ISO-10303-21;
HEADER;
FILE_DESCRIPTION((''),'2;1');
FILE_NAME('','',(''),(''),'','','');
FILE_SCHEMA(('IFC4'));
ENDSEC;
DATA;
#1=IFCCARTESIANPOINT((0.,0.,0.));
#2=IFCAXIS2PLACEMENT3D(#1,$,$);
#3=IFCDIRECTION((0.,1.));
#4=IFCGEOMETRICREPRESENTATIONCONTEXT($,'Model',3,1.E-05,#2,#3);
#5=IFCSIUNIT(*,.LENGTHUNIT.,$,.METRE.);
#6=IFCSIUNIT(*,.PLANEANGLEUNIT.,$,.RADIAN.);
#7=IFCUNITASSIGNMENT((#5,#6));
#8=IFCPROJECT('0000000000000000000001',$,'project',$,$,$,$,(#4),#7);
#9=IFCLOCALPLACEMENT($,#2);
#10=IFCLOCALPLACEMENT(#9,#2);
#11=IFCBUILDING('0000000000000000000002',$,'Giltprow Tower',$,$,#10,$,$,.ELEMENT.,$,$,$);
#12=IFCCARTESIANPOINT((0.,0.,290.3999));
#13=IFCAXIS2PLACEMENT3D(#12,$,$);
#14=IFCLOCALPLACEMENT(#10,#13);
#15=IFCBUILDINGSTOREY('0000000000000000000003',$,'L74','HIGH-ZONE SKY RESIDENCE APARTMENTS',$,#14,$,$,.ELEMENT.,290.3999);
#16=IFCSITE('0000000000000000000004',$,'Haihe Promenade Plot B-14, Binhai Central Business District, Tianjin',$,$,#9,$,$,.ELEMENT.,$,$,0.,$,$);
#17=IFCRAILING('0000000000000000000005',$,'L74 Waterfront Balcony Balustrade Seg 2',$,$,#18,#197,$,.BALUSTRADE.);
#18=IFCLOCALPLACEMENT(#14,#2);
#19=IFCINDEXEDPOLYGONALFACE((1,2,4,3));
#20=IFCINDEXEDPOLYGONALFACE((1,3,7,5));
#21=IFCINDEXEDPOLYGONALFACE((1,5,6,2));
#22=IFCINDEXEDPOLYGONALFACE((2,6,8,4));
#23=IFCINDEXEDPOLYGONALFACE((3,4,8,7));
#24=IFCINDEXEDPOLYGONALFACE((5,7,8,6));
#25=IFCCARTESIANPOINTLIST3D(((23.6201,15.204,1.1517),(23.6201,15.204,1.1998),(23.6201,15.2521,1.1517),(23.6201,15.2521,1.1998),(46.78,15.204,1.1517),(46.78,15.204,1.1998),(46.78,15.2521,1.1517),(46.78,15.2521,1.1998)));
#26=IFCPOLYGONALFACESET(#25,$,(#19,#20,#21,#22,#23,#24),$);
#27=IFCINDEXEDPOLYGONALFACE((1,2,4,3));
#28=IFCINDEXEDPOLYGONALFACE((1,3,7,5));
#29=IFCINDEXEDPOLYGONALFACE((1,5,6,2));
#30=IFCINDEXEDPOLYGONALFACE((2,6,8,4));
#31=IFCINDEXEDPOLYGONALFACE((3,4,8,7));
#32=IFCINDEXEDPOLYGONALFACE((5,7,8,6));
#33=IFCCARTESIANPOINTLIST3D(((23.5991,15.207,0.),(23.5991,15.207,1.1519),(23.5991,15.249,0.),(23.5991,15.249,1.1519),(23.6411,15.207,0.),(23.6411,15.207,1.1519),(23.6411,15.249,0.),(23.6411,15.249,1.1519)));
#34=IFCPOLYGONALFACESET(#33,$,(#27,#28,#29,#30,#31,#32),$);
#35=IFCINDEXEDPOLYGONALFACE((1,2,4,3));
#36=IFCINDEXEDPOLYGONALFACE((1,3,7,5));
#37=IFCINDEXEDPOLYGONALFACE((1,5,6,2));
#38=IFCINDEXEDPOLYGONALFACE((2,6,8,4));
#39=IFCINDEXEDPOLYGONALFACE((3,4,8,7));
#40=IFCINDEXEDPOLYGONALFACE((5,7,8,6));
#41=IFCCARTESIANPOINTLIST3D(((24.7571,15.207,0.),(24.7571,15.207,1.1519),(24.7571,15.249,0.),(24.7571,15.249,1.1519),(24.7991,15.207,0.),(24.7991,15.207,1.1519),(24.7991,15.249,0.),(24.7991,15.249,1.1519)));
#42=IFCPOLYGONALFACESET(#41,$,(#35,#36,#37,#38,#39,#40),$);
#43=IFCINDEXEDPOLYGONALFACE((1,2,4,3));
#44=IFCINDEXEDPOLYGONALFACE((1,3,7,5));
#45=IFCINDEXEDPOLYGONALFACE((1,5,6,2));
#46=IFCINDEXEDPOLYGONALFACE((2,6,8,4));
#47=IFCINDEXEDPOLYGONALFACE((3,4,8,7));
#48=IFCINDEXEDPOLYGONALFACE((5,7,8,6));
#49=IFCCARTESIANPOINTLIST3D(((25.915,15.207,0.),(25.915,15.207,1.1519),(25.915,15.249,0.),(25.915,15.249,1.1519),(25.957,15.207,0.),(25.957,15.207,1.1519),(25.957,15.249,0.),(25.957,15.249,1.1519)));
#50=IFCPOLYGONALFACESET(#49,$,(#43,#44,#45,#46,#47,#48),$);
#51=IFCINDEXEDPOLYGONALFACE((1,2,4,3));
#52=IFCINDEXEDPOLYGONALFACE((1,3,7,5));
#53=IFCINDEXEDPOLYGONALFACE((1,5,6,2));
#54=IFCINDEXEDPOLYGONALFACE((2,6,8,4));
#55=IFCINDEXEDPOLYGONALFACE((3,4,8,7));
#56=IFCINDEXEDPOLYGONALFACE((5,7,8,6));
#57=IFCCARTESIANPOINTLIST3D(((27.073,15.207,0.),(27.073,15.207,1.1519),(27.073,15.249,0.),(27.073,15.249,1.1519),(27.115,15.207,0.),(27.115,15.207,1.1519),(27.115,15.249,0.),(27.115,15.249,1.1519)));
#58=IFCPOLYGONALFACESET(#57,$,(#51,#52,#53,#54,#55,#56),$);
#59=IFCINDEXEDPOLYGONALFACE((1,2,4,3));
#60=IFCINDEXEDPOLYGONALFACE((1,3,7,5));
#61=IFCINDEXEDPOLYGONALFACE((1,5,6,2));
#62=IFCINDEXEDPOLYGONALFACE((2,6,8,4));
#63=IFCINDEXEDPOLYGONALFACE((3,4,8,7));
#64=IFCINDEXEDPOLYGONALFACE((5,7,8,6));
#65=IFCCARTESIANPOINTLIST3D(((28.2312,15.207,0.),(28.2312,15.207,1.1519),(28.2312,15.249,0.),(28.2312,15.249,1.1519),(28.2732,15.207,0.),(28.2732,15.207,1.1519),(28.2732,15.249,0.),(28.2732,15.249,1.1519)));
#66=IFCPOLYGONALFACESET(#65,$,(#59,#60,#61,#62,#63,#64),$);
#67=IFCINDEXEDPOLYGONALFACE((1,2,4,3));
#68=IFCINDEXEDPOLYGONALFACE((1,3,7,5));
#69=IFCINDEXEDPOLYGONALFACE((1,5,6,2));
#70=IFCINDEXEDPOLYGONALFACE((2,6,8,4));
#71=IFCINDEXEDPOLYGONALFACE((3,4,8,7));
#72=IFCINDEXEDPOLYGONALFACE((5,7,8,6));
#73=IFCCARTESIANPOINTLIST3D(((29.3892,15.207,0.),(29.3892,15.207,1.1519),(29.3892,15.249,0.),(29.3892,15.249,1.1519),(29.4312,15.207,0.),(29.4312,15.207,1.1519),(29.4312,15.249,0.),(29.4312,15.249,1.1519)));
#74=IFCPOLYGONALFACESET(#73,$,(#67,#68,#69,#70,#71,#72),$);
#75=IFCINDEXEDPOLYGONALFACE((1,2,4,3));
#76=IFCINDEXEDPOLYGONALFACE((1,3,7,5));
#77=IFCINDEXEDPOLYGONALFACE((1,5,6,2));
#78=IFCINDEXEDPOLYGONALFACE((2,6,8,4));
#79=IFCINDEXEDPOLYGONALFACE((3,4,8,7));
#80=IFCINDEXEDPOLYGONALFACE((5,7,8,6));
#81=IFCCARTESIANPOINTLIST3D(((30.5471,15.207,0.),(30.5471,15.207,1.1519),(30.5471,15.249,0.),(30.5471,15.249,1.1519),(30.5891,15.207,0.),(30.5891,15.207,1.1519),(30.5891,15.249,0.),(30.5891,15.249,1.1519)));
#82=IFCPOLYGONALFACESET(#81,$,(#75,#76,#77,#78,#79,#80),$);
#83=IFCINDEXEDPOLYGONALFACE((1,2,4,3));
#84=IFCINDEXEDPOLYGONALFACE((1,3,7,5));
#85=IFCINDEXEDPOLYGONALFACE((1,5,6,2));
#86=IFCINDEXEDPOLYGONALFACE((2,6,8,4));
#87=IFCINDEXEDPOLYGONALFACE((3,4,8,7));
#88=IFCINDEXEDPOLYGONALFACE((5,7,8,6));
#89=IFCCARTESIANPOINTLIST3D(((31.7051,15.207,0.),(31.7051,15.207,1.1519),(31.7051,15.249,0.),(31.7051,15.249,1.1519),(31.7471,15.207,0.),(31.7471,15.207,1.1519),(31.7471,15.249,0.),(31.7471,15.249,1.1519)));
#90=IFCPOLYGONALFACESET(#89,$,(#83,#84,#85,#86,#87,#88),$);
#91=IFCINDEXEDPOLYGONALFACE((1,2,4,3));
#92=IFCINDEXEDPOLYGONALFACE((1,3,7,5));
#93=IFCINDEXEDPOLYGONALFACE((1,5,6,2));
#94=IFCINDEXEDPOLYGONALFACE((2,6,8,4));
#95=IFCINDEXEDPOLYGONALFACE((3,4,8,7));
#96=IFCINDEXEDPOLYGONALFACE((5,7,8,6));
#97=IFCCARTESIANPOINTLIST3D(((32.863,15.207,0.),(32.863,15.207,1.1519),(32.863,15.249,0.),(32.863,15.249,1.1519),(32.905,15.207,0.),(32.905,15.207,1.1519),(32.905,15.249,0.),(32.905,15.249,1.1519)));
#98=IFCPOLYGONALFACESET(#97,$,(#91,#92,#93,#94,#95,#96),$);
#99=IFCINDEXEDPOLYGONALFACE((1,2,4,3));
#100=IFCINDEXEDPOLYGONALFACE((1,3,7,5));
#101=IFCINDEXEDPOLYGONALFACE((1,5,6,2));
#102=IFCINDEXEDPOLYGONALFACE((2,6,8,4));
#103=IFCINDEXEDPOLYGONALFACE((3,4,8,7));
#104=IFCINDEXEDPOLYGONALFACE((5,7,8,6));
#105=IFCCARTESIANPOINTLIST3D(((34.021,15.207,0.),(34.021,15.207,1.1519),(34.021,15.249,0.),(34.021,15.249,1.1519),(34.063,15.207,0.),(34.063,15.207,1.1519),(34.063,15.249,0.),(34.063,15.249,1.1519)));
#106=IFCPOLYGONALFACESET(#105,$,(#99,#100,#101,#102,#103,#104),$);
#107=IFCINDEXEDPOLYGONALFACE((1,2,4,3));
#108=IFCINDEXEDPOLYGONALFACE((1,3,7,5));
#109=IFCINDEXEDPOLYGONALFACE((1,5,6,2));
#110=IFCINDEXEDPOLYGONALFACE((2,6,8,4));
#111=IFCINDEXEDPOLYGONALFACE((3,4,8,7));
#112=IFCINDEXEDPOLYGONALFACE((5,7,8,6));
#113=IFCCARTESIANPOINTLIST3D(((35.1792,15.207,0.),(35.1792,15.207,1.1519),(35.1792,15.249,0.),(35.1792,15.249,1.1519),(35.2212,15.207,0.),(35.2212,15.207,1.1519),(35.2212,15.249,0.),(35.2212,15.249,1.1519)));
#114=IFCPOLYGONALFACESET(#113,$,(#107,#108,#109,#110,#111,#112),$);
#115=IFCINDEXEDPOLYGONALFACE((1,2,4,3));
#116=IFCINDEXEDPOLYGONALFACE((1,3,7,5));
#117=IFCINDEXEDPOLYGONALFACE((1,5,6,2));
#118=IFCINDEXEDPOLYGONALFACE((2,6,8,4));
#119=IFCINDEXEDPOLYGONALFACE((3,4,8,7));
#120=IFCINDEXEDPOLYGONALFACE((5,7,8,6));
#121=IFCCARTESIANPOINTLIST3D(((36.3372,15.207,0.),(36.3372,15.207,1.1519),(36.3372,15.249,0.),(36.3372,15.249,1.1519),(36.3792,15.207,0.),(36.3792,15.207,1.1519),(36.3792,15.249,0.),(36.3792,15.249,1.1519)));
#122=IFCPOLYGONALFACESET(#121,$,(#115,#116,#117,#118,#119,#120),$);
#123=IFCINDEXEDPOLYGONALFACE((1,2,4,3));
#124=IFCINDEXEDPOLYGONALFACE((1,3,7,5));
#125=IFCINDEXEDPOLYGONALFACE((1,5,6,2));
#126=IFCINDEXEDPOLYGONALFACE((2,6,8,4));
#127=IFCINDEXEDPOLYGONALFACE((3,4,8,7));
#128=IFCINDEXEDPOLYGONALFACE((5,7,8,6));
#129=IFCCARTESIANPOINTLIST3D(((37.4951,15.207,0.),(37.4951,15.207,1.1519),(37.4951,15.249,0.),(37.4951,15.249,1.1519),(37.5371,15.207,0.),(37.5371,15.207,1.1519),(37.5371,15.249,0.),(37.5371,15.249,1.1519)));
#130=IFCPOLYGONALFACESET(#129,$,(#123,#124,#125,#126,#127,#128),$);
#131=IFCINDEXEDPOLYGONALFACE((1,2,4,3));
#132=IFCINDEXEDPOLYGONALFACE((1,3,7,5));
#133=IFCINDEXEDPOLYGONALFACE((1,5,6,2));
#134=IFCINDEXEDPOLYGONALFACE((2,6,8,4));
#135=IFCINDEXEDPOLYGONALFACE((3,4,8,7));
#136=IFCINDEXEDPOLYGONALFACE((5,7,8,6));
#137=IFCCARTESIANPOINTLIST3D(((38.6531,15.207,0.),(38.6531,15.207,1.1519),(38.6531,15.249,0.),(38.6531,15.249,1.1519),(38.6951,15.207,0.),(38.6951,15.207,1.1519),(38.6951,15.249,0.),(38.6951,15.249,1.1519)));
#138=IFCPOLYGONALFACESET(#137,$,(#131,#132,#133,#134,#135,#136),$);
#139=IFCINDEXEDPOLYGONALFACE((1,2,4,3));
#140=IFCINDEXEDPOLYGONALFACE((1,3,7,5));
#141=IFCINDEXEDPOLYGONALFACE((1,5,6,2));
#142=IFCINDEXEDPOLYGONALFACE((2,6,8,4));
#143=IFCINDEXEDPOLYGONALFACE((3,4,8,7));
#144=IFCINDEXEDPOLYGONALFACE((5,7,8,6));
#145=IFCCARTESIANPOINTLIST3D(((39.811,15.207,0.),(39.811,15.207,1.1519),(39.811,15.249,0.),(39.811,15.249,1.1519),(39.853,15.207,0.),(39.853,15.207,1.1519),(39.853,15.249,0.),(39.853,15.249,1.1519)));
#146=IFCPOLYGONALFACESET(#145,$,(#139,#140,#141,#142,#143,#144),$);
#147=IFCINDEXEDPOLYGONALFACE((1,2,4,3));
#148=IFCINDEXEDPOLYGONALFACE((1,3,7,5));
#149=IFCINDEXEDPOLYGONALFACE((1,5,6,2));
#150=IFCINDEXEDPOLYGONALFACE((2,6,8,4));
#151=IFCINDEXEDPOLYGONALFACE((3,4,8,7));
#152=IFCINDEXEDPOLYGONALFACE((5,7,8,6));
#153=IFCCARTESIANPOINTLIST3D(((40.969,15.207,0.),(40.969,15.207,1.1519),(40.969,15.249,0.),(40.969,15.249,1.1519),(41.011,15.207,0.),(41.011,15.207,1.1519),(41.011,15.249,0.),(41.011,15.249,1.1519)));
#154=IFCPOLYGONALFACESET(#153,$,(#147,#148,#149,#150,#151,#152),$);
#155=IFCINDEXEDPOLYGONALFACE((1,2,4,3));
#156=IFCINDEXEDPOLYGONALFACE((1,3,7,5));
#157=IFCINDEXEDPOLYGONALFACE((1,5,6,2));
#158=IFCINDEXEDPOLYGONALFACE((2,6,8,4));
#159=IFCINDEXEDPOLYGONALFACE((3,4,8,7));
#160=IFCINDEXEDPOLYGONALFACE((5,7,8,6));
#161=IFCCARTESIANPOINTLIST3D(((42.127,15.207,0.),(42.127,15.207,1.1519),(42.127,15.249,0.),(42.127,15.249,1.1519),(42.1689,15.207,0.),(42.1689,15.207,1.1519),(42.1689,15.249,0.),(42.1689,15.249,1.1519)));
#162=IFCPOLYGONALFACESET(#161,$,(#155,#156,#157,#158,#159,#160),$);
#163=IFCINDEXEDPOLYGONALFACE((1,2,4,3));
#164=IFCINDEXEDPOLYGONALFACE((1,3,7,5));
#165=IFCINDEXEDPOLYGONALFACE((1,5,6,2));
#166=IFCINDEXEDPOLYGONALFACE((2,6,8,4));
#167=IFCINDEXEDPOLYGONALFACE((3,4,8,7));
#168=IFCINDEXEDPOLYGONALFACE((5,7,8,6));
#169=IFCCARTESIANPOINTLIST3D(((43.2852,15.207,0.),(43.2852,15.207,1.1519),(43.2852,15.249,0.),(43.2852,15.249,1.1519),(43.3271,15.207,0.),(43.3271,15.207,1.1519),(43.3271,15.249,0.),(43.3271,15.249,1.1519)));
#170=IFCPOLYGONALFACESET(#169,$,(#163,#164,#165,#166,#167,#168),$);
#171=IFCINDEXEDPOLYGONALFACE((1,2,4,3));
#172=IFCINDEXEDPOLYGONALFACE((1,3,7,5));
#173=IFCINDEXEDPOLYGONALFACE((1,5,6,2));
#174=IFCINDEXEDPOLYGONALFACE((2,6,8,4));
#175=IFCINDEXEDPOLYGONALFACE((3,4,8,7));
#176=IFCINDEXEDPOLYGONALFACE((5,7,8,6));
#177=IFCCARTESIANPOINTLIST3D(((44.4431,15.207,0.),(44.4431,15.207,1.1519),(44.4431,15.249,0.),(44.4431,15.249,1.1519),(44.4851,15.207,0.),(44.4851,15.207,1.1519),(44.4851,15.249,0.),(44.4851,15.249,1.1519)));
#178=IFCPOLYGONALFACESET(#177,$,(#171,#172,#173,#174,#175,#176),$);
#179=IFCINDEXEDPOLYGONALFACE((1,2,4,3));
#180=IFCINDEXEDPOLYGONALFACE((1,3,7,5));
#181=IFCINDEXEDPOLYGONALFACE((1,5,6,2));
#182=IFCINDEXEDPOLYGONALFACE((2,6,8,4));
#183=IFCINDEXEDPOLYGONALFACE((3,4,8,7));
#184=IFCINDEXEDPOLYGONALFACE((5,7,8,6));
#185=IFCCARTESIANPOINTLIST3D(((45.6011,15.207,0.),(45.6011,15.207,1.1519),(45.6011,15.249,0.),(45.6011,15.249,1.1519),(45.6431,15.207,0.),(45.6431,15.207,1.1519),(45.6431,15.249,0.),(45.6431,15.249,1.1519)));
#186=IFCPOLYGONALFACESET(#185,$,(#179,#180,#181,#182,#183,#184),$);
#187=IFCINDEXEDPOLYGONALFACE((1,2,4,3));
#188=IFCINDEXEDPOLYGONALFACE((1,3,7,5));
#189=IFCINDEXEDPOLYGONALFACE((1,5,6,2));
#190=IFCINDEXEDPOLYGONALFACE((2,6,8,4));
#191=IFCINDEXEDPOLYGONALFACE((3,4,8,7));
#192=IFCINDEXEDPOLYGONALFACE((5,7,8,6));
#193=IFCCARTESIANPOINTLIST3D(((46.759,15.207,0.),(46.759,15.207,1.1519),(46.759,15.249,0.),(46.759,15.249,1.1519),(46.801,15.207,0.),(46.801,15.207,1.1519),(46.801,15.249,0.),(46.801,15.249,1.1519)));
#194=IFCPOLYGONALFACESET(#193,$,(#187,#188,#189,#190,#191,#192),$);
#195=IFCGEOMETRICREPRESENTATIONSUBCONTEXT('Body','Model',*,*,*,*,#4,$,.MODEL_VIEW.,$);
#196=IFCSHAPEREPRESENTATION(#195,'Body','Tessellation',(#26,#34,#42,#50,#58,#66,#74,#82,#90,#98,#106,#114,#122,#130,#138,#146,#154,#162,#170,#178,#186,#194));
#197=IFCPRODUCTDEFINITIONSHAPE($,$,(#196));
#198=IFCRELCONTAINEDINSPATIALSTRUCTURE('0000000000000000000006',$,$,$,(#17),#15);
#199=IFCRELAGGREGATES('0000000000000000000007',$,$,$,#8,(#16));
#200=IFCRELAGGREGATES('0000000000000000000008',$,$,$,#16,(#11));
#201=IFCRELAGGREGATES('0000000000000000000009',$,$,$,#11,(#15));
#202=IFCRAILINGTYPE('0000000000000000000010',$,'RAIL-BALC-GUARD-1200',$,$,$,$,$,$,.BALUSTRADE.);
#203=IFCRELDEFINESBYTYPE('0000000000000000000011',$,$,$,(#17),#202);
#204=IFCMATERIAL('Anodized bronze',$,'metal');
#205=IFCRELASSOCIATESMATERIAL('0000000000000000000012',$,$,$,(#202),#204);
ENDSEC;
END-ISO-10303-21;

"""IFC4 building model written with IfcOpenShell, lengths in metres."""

from ifc_helpers import new_model, si_unit, direction, frame, origin, origin_2d, place, context, subcontext, project, spatial, rectangle, extrude, material, type_object, element, save


model = new_model("IFC4")

# Units and contexts
model_context = context("Model", 3, precision=1e-05, world=origin(), true_north=direction((0.0, 1.0)))
body_context = subcontext(model_context, "Body", "Model", "MODEL_VIEW")
ifc_project = project(units=[si_unit("LENGTHUNIT", "METRE"), si_unit("PLANEANGLEUNIT", "RADIAN")], contexts=[model_context])

# Site, building, storey
site_placement = place(None, origin())
site = spatial("IfcSite", under=ifc_project, at=site_placement, Name="Haihe Promenade Plot B-14, Binhai Central Business District, Tianjin", CompositionType="ELEMENT", RefElevation=0.0)
building_placement = place(site_placement, origin())
building = spatial("IfcBuilding", under=site, at=building_placement, Name="Giltprow Tower", CompositionType="ELEMENT")
storey_placement = place(building_placement, frame((0.0, 0.0, 290.3999)))
storey = spatial("IfcBuildingStorey", under=building, at=storey_placement, Name="L74", Description="HIGH-ZONE SKY RESIDENCE APARTMENTS", CompositionType="ELEMENT", Elevation=290.3999)

# Railing
ifc_material_1 = material(Name="Anodized bronze", Category="metal")
railing_type = type_object("IfcRailingType", Name="RAIL-BALC-GUARD-1200", PredefinedType="BALUSTRADE", material=ifc_material_1)
railing_1_placement = place(storey_placement, frame((23.6201, 15.228, 0.0)))
element("IfcRailing", 1, at=railing_1_placement, inside=storey, type_object=railing_type, Name="L74 Waterfront Balcony Balustrade Seg 2", PredefinedType="BALUSTRADE", context=body_context, shape_type="SweptSolid", body=[
    extrude(rectangle(XDim=0.0481, YDim=0.0481, at=origin_2d()), frame((0.0, 0.0, 1.1758), z_axis=(1.0, 0.0, 0.0), x_axis=(0.0, 1.0, 0.0)), (0.0, 0.0, 1.0), 23.1599),
    extrude(rectangle(XDim=0.042, YDim=0.042, at=origin_2d()), origin(), (0.0, 0.0, 1.0), 1.1519),
    extrude(rectangle(XDim=0.042, YDim=0.042, at=origin_2d()), frame((1.158, 0.0, 0.0)), (0.0, 0.0, 1.0), 1.1519),
    extrude(rectangle(XDim=0.042, YDim=0.042, at=origin_2d()), frame((2.3159, 0.0, 0.0)), (0.0, 0.0, 1.0), 1.1519),
    extrude(rectangle(XDim=0.042, YDim=0.042, at=origin_2d()), frame((3.4739, 0.0, 0.0)), (0.0, 0.0, 1.0), 1.1519),
    extrude(rectangle(XDim=0.042, YDim=0.042, at=origin_2d()), frame((4.6321, 0.0, 0.0)), (0.0, 0.0, 1.0), 1.1519),
    extrude(rectangle(XDim=0.042, YDim=0.042, at=origin_2d()), frame((5.79, 0.0, 0.0)), (0.0, 0.0, 1.0), 1.1519),
    extrude(rectangle(XDim=0.042, YDim=0.042, at=origin_2d()), frame((6.948, 0.0, 0.0)), (0.0, 0.0, 1.0), 1.1519),
    extrude(rectangle(XDim=0.042, YDim=0.042, at=origin_2d()), frame((8.106, 0.0, 0.0)), (0.0, 0.0, 1.0), 1.1519),
    extrude(rectangle(XDim=0.042, YDim=0.042, at=origin_2d()), frame((9.2639, 0.0, 0.0)), (0.0, 0.0, 1.0), 1.1519),
    extrude(rectangle(XDim=0.042, YDim=0.042, at=origin_2d()), frame((10.4219, 0.0, 0.0)), (0.0, 0.0, 1.0), 1.1519),
    extrude(rectangle(XDim=0.042, YDim=0.042, at=origin_2d()), frame((11.5801, 0.0, 0.0)), (0.0, 0.0, 1.0), 1.1519),
    extrude(rectangle(XDim=0.042, YDim=0.042, at=origin_2d()), frame((12.738, 0.0, 0.0)), (0.0, 0.0, 1.0), 1.1519),
    extrude(rectangle(XDim=0.042, YDim=0.042, at=origin_2d()), frame((13.896, 0.0, 0.0)), (0.0, 0.0, 1.0), 1.1519),
    extrude(rectangle(XDim=0.042, YDim=0.042, at=origin_2d()), frame((15.054, 0.0, 0.0)), (0.0, 0.0, 1.0), 1.1519),
    extrude(rectangle(XDim=0.042, YDim=0.042, at=origin_2d()), frame((16.2119, 0.0, 0.0)), (0.0, 0.0, 1.0), 1.1519),
    extrude(rectangle(XDim=0.042, YDim=0.042, at=origin_2d()), frame((17.3699, 0.0, 0.0)), (0.0, 0.0, 1.0), 1.1519),
    extrude(rectangle(XDim=0.042, YDim=0.042, at=origin_2d()), frame((18.5278, 0.0, 0.0)), (0.0, 0.0, 1.0), 1.1519),
    extrude(rectangle(XDim=0.042, YDim=0.042, at=origin_2d()), frame((19.686, 0.0, 0.0)), (0.0, 0.0, 1.0), 1.1519),
    extrude(rectangle(XDim=0.042, YDim=0.042, at=origin_2d()), frame((20.844, 0.0, 0.0)), (0.0, 0.0, 1.0), 1.1519),
    extrude(rectangle(XDim=0.042, YDim=0.042, at=origin_2d()), frame((22.002, 0.0, 0.0)), (0.0, 0.0, 1.0), 1.1519),
    extrude(rectangle(XDim=0.042, YDim=0.042, at=origin_2d()), frame((23.1599, 0.0, 0.0)), (0.0, 0.0, 1.0), 1.1519),
])

save(model, "model.ifc")
